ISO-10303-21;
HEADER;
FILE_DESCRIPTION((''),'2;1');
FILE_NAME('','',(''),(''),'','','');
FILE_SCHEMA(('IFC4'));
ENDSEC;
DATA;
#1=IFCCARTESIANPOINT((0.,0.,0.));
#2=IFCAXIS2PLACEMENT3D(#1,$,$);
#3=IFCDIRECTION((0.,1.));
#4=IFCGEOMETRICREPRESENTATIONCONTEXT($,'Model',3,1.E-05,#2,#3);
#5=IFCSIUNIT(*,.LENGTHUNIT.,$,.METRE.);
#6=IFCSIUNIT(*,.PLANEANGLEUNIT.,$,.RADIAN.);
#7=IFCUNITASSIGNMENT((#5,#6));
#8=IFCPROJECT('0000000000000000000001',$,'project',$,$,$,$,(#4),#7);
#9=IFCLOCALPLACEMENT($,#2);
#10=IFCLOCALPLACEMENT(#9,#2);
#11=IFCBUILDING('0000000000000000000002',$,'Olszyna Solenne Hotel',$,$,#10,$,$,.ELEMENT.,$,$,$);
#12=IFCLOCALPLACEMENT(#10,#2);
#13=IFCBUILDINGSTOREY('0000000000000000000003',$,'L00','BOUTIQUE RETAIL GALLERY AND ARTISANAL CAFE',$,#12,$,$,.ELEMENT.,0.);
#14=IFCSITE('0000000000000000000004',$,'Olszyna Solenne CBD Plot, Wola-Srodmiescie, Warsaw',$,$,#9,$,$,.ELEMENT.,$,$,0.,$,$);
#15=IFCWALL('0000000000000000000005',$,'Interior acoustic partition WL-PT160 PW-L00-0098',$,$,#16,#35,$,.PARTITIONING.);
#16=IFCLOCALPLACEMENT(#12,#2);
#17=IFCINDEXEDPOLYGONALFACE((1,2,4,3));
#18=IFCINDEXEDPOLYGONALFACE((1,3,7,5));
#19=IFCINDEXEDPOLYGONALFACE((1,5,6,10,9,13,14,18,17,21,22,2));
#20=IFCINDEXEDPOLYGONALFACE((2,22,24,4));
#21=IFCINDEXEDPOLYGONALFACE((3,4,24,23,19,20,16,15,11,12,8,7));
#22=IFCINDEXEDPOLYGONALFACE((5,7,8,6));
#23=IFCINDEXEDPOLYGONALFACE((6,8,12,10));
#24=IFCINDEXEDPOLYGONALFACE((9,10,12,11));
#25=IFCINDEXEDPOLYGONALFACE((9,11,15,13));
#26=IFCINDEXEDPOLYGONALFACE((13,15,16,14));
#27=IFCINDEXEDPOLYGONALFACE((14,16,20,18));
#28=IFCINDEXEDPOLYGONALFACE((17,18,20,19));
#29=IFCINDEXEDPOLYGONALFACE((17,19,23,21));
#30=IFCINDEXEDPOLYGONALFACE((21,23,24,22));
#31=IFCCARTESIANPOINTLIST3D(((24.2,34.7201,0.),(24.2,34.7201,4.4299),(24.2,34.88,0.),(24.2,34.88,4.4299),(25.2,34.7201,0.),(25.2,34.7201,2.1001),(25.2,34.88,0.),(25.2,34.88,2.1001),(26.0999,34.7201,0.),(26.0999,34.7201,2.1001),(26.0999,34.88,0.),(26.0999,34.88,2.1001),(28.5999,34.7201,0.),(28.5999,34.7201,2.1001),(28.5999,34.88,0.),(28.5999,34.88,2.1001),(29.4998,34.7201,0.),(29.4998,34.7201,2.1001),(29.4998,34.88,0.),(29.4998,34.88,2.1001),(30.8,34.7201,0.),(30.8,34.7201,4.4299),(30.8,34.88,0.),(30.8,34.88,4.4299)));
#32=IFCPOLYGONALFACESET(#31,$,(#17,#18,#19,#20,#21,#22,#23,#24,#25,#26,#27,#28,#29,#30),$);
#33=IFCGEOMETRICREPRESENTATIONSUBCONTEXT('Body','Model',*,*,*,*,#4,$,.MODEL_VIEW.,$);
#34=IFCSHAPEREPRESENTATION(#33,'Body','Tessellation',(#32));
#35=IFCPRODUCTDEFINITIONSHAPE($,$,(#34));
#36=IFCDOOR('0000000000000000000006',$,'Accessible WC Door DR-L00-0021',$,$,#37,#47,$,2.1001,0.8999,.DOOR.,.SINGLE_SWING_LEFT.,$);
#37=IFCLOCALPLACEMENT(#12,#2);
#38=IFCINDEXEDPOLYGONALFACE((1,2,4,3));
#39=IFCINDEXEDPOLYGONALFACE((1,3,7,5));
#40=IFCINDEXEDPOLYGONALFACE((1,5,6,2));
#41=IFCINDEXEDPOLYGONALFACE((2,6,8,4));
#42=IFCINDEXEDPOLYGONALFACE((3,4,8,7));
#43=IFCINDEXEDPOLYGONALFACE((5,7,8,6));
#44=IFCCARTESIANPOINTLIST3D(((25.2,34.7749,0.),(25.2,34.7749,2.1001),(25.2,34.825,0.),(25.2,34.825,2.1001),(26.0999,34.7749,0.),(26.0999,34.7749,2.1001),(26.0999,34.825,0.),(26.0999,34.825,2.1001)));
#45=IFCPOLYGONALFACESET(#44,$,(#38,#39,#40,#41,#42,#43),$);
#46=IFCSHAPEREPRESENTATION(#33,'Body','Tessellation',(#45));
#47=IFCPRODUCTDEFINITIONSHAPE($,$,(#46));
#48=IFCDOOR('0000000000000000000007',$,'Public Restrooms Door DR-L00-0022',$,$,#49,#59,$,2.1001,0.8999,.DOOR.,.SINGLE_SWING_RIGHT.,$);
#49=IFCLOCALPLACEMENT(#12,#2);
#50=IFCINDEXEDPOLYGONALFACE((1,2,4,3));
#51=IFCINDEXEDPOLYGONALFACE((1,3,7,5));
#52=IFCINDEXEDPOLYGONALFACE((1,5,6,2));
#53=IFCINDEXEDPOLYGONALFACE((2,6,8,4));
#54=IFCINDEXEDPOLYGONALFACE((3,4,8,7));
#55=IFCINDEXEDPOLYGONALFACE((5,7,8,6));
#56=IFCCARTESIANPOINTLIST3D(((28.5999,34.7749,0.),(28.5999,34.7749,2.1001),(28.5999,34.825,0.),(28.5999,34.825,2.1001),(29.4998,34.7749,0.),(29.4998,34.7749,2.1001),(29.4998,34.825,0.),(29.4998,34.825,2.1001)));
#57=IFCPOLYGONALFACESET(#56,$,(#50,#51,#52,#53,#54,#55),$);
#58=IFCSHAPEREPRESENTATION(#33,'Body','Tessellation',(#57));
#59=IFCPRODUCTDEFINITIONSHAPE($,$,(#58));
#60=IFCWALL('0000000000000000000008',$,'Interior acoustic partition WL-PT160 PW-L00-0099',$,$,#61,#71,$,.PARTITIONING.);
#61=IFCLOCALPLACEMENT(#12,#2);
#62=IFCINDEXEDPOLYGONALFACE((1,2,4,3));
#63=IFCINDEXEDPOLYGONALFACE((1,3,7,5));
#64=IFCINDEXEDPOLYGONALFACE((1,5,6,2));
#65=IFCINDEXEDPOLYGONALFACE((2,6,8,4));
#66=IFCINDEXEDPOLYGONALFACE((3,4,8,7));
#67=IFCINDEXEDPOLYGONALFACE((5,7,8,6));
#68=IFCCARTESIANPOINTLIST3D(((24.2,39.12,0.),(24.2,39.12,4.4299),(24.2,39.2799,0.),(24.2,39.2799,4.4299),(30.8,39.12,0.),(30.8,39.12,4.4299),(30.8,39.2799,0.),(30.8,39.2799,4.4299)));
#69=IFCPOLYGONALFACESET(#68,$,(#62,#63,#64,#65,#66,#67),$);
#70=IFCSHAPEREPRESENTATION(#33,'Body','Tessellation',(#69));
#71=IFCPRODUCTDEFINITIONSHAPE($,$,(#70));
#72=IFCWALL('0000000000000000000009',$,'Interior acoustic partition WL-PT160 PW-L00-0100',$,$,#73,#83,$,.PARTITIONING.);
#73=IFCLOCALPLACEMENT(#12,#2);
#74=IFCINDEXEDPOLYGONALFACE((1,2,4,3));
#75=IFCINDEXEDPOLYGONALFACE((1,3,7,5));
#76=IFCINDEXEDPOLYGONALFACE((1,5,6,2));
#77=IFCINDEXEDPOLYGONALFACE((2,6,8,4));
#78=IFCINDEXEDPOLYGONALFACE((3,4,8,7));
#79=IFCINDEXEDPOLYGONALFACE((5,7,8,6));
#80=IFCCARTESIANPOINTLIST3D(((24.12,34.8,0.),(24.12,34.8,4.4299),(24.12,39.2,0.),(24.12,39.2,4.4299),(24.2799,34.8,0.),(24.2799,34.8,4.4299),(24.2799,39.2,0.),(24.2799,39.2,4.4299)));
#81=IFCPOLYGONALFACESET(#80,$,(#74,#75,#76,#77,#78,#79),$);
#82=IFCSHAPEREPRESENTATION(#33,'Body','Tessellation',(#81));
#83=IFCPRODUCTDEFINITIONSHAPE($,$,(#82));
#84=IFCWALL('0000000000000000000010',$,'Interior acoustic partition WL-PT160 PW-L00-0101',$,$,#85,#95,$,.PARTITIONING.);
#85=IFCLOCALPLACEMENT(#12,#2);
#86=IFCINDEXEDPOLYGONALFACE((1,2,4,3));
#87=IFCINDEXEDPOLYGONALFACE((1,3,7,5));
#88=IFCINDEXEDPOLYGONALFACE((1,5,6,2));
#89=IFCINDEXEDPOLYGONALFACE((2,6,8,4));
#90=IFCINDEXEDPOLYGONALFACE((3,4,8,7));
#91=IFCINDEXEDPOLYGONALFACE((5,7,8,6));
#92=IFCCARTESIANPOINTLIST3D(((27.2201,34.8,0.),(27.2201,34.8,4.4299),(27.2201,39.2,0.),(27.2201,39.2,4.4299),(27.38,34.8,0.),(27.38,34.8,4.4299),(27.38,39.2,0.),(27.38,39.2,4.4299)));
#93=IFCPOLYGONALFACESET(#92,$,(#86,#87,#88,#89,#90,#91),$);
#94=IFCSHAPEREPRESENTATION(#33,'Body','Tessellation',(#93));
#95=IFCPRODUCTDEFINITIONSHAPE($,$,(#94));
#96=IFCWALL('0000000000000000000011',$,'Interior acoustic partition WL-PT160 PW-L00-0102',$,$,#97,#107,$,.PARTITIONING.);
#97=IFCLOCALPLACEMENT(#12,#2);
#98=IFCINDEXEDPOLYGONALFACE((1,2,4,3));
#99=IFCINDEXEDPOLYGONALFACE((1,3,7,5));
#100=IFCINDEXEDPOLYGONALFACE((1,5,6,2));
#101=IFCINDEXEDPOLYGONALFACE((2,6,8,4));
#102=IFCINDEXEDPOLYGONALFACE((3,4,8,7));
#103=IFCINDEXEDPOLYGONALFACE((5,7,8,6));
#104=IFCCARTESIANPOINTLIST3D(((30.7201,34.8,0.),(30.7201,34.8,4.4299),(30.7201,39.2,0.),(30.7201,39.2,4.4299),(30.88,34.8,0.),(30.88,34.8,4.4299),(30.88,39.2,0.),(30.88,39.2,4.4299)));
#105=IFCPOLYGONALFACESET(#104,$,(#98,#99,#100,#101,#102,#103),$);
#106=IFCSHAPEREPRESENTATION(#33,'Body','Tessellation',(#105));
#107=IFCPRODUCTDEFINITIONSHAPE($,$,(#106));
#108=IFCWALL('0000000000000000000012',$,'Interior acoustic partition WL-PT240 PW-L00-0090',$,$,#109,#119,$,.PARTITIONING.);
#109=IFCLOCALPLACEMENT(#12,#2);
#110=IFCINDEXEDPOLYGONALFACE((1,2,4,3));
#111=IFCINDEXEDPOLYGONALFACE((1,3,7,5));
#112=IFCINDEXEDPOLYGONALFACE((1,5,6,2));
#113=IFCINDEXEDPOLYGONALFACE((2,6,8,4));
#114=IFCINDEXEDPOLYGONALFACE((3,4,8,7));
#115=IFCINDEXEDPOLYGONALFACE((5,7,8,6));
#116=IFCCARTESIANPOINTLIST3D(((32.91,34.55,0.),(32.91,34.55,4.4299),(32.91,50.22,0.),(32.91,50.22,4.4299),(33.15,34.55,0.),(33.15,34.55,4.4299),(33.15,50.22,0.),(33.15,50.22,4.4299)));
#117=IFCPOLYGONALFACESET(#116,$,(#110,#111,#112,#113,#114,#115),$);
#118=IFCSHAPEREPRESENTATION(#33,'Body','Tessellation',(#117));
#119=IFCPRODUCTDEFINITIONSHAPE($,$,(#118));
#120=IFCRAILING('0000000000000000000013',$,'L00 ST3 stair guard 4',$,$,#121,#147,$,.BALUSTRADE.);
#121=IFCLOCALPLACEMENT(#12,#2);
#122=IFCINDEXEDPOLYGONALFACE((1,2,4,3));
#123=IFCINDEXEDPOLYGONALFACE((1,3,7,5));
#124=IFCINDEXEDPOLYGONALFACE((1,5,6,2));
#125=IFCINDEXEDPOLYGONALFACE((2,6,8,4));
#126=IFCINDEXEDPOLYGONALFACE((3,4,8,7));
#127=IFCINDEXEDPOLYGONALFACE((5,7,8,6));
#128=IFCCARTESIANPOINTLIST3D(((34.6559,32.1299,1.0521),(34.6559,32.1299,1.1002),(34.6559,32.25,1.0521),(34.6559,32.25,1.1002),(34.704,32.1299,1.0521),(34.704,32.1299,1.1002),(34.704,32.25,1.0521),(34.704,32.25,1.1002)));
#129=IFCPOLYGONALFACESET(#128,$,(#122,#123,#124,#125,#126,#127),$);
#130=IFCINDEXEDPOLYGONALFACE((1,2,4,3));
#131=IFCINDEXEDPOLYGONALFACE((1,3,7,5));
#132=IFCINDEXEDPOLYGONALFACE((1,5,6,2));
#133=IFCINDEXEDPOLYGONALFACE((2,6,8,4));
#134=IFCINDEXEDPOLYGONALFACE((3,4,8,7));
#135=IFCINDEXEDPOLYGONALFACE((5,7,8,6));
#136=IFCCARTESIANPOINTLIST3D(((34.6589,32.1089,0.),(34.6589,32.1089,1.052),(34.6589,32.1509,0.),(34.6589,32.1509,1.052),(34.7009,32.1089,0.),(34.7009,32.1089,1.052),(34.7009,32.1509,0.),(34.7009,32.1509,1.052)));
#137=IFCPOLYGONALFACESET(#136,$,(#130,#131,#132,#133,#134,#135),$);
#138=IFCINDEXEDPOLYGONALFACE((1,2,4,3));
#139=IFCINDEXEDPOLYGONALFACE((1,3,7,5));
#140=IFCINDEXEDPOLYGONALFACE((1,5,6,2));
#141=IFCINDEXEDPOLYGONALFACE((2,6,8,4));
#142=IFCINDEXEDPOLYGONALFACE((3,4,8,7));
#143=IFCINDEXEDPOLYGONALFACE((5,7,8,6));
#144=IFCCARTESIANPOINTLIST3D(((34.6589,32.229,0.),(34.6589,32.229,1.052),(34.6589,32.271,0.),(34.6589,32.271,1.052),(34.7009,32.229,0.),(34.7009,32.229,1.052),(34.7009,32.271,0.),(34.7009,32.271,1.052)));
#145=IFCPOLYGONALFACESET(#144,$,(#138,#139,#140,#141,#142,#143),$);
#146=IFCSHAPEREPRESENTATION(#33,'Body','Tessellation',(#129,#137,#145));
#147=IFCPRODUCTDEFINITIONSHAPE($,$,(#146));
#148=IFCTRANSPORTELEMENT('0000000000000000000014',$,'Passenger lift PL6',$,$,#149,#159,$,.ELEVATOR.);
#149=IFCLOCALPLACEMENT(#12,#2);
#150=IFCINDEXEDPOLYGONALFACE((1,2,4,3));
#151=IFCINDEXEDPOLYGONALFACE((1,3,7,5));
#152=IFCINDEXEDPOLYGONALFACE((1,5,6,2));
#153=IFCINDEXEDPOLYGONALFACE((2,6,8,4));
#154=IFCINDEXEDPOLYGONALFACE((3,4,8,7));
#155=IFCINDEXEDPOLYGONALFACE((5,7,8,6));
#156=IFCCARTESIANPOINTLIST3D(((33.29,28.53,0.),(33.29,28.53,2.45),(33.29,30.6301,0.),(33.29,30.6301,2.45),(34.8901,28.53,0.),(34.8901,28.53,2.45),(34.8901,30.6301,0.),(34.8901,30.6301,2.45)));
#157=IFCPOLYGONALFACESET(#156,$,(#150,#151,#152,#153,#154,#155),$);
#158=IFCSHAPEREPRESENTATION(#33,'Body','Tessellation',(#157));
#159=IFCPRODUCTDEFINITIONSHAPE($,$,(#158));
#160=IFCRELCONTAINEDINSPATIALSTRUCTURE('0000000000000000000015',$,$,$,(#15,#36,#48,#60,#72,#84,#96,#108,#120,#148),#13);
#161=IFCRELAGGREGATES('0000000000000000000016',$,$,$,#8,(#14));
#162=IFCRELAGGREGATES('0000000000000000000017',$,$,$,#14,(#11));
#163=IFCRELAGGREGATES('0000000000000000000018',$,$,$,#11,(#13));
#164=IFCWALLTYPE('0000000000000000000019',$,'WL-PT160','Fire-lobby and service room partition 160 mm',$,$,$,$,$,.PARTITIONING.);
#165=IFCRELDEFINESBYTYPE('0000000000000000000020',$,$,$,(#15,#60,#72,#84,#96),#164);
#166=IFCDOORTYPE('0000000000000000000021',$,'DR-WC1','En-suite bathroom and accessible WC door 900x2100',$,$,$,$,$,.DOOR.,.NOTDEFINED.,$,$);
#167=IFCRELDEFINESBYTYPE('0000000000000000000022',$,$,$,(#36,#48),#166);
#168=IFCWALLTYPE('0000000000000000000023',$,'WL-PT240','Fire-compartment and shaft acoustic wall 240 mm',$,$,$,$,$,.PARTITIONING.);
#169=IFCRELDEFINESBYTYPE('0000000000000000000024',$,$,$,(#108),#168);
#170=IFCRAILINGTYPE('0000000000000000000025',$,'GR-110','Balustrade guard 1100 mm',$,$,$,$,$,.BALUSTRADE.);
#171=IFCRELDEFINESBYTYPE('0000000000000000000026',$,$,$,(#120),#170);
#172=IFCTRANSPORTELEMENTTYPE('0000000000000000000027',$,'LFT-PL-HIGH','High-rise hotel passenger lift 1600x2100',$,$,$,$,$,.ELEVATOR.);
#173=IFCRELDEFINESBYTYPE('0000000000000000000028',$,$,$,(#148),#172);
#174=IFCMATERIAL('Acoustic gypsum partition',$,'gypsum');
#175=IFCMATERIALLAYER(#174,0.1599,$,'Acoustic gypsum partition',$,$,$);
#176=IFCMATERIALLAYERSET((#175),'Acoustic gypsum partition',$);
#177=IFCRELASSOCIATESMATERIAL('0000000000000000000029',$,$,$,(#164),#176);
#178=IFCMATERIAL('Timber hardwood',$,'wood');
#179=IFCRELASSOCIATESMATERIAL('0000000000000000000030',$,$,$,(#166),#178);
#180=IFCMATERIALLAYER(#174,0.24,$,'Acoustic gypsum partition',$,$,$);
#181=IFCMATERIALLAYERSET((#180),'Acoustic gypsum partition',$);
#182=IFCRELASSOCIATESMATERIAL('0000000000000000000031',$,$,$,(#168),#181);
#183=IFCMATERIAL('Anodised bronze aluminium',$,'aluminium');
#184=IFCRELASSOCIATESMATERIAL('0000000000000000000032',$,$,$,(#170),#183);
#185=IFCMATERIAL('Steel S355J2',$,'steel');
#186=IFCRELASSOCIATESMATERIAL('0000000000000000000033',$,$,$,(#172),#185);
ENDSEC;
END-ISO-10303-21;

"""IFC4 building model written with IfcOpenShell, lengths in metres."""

from ifc_helpers import new_model, si_unit, direction, frame, frame_2d, origin, origin_2d, place, context, subcontext, project, spatial, rectangle, extrude, source, transform, mapped, material, layer, layer_set, type_object, type_shapes, element, fill, save


model = new_model("IFC4")

# Units and contexts
model_context = context("Model", 3, precision=1e-05, world=origin(), true_north=direction((0.0, 1.0)))
body_context = subcontext(model_context, "Body", "Model", "MODEL_VIEW")
ifc_project = project(units=[si_unit("LENGTHUNIT", "METRE"), si_unit("PLANEANGLEUNIT", "RADIAN")], contexts=[model_context])

# Site, building, storey
site_placement = place(None, origin())
site = spatial("IfcSite", under=ifc_project, at=site_placement, Name="Olszyna Solenne CBD Plot, Wola-Srodmiescie, Warsaw", CompositionType="ELEMENT", RefElevation=0.0)
building_placement = place(site_placement, origin())
building = spatial("IfcBuilding", under=site, at=building_placement, Name="Olszyna Solenne Hotel", CompositionType="ELEMENT")
storey_placement = place(building_placement, origin())
storey = spatial("IfcBuildingStorey", under=building, at=storey_placement, Name="L00", Description="BOUTIQUE RETAIL GALLERY AND ARTISANAL CAFE", CompositionType="ELEMENT", Elevation=0.0)

# Shared definitions
ifc_material_1 = material(Name="Steel S355J2", Category="steel")

# Shared definitions
ifc_material_2 = material(Name="Acoustic gypsum partition", Category="gypsum")
ifc_layer_1 = layer(ifc_material_2, 0.1599, Name="Acoustic gypsum partition")
ifc_layer_set_1 = layer_set([ifc_layer_1], Name="Acoustic gypsum partition")
wall_type_1 = type_object("IfcWallType", Name="WL-PT160", Description="Fire-lobby and service room partition 160 mm", PredefinedType="PARTITIONING", material=ifc_layer_set_1)

# Wall, openings, doors
wall_1_placement = place(storey_placement, frame((24.2, 34.8, 0.0), z_axis=(0.0, 0.0, 1.0), x_axis=(1.0, 0.0, 0.0)))
wall_1 = element("IfcWall", 1, at=wall_1_placement, inside=storey, type_object=wall_type_1, Name="Interior acoustic partition WL-PT160 PW-L00-0098", PredefinedType="PARTITIONING", context=body_context, shape_type="SweptSolid", body=[
    extrude(rectangle(XDim=6.6001, YDim=0.1599, at=frame_2d((3.3, 0.0))), origin(), (0.0, 0.0, 1.0), 4.4299),
])
opening_1_placement = place(wall_1_placement, frame((1.0, 0.0, 0.0)))
opening_1 = element("IfcOpeningElement", 2, at=opening_1_placement, cuts=wall_1, PredefinedType="OPENING", context=body_context, shape_type="SweptSolid", body=[
    extrude(rectangle(XDim=0.8999, YDim=2.1001, at=frame_2d((0.45, 1.05))), frame((0.0, 0.0898, 0.0), z_axis=(0.0, -1.0, 0.0), x_axis=(1.0, 0.0, 0.0)), (0.0, 0.0, 1.0), 0.1799),
])
opening_2_placement = place(wall_1_placement, frame((4.3999, 0.0, 0.0)))
opening_2 = element("IfcOpeningElement", 3, at=opening_2_placement, cuts=wall_1, PredefinedType="OPENING", context=body_context, shape_type="SweptSolid", body=[
    extrude(rectangle(XDim=0.8999, YDim=2.1001, at=frame_2d((0.45, 1.05))), frame((0.0, 0.0898, 0.0), z_axis=(0.0, -1.0, 0.0), x_axis=(1.0, 0.0, 0.0)), (0.0, 0.0, 1.0), 0.1799),
])
ifc_material_3 = material(Name="Timber hardwood", Category="wood")
door_type_1 = type_object("IfcDoorType", Name="DR-WC1", Description="En-suite bathroom and accessible WC door 900x2100", OperationType="NOTDEFINED", PredefinedType="DOOR", material=ifc_material_3)
shared_shape_1 = source(origin(), body_context, "Body", "SweptSolid", [
    extrude(rectangle(XDim=0.8999, YDim=2.1001, at=frame_2d((0.45, 1.05))), frame((0.0, 0.0249, 0.0), z_axis=(0.0, -1.0, 0.0), x_axis=(1.0, 0.0, 0.0)), (0.0, 0.0, 1.0), 0.05),
])
type_shapes(door_type_1, [shared_shape_1])
door_1_placement = place(opening_1_placement, origin())
door_1 = element("IfcDoor", 4, at=door_1_placement, inside=storey, type_object=door_type_1, Name="Accessible WC Door DR-L00-0021", OperationType="SINGLE_SWING_LEFT", OverallHeight=2.1001, OverallWidth=0.8999, PredefinedType="DOOR", context=body_context, shape_type="MappedRepresentation", body=[
    mapped(shared_shape_1, transform((0.0, 0.0, 0.0), x_axis=(1.0, 0.0, 0.0), y_axis=(0.0, 1.0, 0.0), z_axis=(0.0, 0.0, 1.0), scale=1.0)),
])
fill(opening_1, door_1)
door_2_placement = place(opening_2_placement, origin())
door_2 = element("IfcDoor", 5, at=door_2_placement, inside=storey, type_object=door_type_1, Name="Public Restrooms Door DR-L00-0022", OperationType="SINGLE_SWING_RIGHT", OverallHeight=2.1001, OverallWidth=0.8999, PredefinedType="DOOR", context=body_context, shape_type="MappedRepresentation", body=[
    mapped(shared_shape_1, transform((0.0, 0.0, 0.0), x_axis=(1.0, 0.0, 0.0), y_axis=(0.0, 1.0, 0.0), z_axis=(0.0, 0.0, 1.0), scale=1.0)),
])
fill(opening_2, door_2)

# Walls
wall_2_placement = place(storey_placement, frame((24.2, 39.2, 0.0), z_axis=(0.0, 0.0, 1.0), x_axis=(1.0, 0.0, 0.0)))
element("IfcWall", 6, at=wall_2_placement, inside=storey, type_object=wall_type_1, Name="Interior acoustic partition WL-PT160 PW-L00-0099", PredefinedType="PARTITIONING", context=body_context, shape_type="SweptSolid", body=[
    extrude(rectangle(XDim=6.6001, YDim=0.1599, at=frame_2d((3.3, 0.0))), origin(), (0.0, 0.0, 1.0), 4.4299),
])
for number, where, z_axis, x_axis, name in (
    (7, (24.2, 34.8, 0.0), (0.0, 0.0, 1.0), (0.0, 1.0, 0.0), "Interior acoustic partition WL-PT160 PW-L00-0100"),
    (8, (27.3, 34.8, 0.0), (0.0, 0.0, 1.0), (0.0, 1.0, 0.0), "Interior acoustic partition WL-PT160 PW-L00-0101"),
    (9, (30.8, 34.8, 0.0), (0.0, 0.0, 1.0), (0.0, 1.0, 0.0), "Interior acoustic partition WL-PT160 PW-L00-0102"),
):
    element("IfcWall", number, at=place(storey_placement, frame(where, z_axis=z_axis, x_axis=x_axis)), inside=storey, type_object=wall_type_1, Name=name, PredefinedType="PARTITIONING", context=body_context, shape_type="SweptSolid", body=[
        extrude(rectangle(XDim=4.3999, YDim=0.1599, at=frame_2d((2.2, 0.0))), origin(), (0.0, 0.0, 1.0), 4.4299),
    ])
ifc_layer_2 = layer(ifc_material_2, 0.24, Name="Acoustic gypsum partition")
ifc_layer_set_2 = layer_set([ifc_layer_2], Name="Acoustic gypsum partition")
wall_type_2 = type_object("IfcWallType", Name="WL-PT240", Description="Fire-compartment and shaft acoustic wall 240 mm", PredefinedType="PARTITIONING", material=ifc_layer_set_2)
wall_3_placement = place(storey_placement, frame((33.03, 34.55, 0.0), z_axis=(0.0, 0.0, 1.0), x_axis=(0.0, 1.0, 0.0)))
element("IfcWall", 10, at=wall_3_placement, inside=storey, type_object=wall_type_2, Name="Interior acoustic partition WL-PT240 PW-L00-0090", PredefinedType="PARTITIONING", context=body_context, shape_type="SweptSolid", body=[
    extrude(rectangle(XDim=15.6699, YDim=0.24, at=frame_2d((7.835, 0.0))), origin(), (0.0, 0.0, 1.0), 4.4299),
])

# Railing
ifc_material_4 = material(Name="Anodised bronze aluminium", Category="aluminium")
railing_type = type_object("IfcRailingType", Name="GR-110", Description="Balustrade guard 1100 mm", PredefinedType="BALUSTRADE", material=ifc_material_4)
railing_placement = place(storey_placement, frame((34.6799, 32.1299, 0.0)))
element("IfcRailing", 11, at=railing_placement, inside=storey, type_object=railing_type, Name="L00 ST3 stair guard 4", PredefinedType="BALUSTRADE", context=body_context, shape_type="SweptSolid", body=[
    extrude(rectangle(XDim=0.0481, YDim=0.0481, at=origin_2d()), frame((0.0, 0.0, 1.0762), z_axis=(0.0, 1.0, 0.0), x_axis=(-1.0, 0.0, 0.0)), (0.0, 0.0, 1.0), 0.1201),
    extrude(rectangle(XDim=0.042, YDim=0.042, at=origin_2d()), origin(), (0.0, 0.0, 1.0), 1.052),
    extrude(rectangle(XDim=0.042, YDim=0.042, at=origin_2d()), frame((0.0, 0.1201, 0.0)), (0.0, 0.0, 1.0), 1.052),
])

# Transport element
transport_element_type = type_object("IfcTransportElementType", Name="LFT-PL-HIGH", Description="High-rise hotel passenger lift 1600x2100", PredefinedType="ELEVATOR", material=ifc_material_1)
shared_shape_2 = source(origin(), body_context, "Body", "SweptSolid", [
    extrude(rectangle(XDim=1.6001, YDim=2.1001, at=origin_2d()), origin(), (0.0, 0.0, 1.0), 2.45),
])
transport_element_placement = place(storey_placement, frame((34.0901, 29.5801, 0.0), z_axis=(0.0, 0.0, 1.0), x_axis=(1.0, 0.0, 0.0)))
element("IfcTransportElement", 12, at=transport_element_placement, inside=storey, type_object=transport_element_type, Name="Passenger lift PL6", PredefinedType="ELEVATOR", context=body_context, shape_type="MappedRepresentation", body=[
    mapped(shared_shape_2, transform((0.0, 0.0, 0.0), x_axis=(1.0, 0.0, 0.0), y_axis=(0.0, 1.0, 0.0), z_axis=(0.0, 0.0, 1.0), scale=1.0)),
])

save(model, "model.ifc")
